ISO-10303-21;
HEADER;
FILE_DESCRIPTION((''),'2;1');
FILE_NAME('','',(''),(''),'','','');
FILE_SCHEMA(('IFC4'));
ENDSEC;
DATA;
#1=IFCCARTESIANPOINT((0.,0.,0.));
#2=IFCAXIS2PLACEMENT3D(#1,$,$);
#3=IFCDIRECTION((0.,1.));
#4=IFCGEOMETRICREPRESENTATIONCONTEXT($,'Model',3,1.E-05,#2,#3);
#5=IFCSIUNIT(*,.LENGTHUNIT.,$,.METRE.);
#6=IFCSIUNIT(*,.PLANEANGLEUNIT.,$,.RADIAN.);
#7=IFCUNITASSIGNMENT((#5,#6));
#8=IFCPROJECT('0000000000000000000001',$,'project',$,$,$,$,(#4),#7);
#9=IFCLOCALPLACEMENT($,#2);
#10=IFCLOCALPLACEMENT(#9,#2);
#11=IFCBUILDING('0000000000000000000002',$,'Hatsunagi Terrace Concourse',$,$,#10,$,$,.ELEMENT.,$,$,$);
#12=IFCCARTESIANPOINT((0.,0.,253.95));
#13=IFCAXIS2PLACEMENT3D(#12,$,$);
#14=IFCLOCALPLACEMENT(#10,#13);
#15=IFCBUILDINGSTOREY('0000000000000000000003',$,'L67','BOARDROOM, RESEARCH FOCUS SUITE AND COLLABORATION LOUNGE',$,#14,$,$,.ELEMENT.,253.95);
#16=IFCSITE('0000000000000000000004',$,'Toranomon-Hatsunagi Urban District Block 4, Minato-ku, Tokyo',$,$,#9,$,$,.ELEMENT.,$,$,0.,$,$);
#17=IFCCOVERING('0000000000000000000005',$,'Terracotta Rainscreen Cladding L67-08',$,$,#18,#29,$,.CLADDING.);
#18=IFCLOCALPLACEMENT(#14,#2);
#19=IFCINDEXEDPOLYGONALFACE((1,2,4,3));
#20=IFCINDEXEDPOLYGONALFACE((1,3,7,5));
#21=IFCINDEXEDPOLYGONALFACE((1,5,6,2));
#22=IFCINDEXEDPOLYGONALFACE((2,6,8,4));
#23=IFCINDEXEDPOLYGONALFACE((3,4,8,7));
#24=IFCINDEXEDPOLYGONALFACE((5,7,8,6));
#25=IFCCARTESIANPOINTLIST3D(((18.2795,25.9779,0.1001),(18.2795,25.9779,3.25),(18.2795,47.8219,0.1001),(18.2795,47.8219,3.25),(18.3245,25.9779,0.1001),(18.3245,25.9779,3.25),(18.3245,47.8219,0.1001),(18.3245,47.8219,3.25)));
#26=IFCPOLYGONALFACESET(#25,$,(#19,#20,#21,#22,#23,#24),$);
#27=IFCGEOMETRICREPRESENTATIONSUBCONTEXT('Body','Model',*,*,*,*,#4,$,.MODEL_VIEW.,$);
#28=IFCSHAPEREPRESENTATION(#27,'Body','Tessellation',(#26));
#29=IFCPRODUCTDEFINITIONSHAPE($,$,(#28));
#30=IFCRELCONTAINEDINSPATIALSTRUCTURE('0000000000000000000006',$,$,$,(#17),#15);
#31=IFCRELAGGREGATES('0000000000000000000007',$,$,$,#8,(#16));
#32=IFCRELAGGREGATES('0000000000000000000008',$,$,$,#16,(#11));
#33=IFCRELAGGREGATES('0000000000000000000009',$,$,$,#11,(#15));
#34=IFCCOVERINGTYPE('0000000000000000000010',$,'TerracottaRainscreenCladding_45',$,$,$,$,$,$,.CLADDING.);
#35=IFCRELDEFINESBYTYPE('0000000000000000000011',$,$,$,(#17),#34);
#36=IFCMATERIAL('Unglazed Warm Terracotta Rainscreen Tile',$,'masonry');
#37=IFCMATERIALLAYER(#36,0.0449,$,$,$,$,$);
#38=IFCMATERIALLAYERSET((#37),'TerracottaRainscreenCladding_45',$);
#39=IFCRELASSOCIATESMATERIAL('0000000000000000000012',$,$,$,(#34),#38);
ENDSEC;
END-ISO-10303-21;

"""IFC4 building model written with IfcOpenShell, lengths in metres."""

from ifc_helpers import new_model, si_unit, direction, frame, origin, origin_2d, place, context, subcontext, project, spatial, rectangle, extrude, material, layer, layer_set, type_object, element, save


model = new_model("IFC4")

# Units and contexts
model_context = context("Model", 3, precision=1e-05, world=origin(), true_north=direction((0.0, 1.0)))
body_context = subcontext(model_context, "Body", "Model", "MODEL_VIEW")
ifc_project = project(units=[si_unit("LENGTHUNIT", "METRE"), si_unit("PLANEANGLEUNIT", "RADIAN")], contexts=[model_context])

# Site, building, storey
site_placement = place(None, origin())
site = spatial("IfcSite", under=ifc_project, at=site_placement, Name="Toranomon-Hatsunagi Urban District Block 4, Minato-ku, Tokyo", CompositionType="ELEMENT", RefElevation=0.0)
building_placement = place(site_placement, origin())
building = spatial("IfcBuilding", under=site, at=building_placement, Name="Hatsunagi Terrace Concourse", CompositionType="ELEMENT")
storey_placement = place(building_placement, frame((0.0, 0.0, 253.95)))
storey = spatial("IfcBuildingStorey", under=building, at=storey_placement, Name="L67", Description="BOARDROOM, RESEARCH FOCUS SUITE AND COLLABORATION LOUNGE", CompositionType="ELEMENT", Elevation=253.95)

# Covering
ifc_material_1 = material(Name="Unglazed Warm Terracotta Rainscreen Tile", Category="masonry")
ifc_layer_1 = layer(ifc_material_1, 0.0449)
ifc_layer_set_1 = layer_set([ifc_layer_1], Name="TerracottaRainscreenCladding_45")
covering_type = type_object("IfcCoveringType", Name="TerracottaRainscreenCladding_45", PredefinedType="CLADDING", material=ifc_layer_set_1)
covering_placement = place(storey_placement, frame((18.302, 36.8999, 0.1001), z_axis=(0.0, 0.0, 1.0), x_axis=(0.0, 1.0, 0.0)))
element("IfcCovering", 1, at=covering_placement, inside=storey, type_object=covering_type, Name="Terracotta Rainscreen Cladding L67-08", PredefinedType="CLADDING", context=body_context, shape_type="SweptSolid", body=[
    extrude(rectangle(XDim=21.844, YDim=0.0449, at=origin_2d()), origin(), (0.0, 0.0, 1.0), 3.1499),
])

save(model, "model.ifc")
